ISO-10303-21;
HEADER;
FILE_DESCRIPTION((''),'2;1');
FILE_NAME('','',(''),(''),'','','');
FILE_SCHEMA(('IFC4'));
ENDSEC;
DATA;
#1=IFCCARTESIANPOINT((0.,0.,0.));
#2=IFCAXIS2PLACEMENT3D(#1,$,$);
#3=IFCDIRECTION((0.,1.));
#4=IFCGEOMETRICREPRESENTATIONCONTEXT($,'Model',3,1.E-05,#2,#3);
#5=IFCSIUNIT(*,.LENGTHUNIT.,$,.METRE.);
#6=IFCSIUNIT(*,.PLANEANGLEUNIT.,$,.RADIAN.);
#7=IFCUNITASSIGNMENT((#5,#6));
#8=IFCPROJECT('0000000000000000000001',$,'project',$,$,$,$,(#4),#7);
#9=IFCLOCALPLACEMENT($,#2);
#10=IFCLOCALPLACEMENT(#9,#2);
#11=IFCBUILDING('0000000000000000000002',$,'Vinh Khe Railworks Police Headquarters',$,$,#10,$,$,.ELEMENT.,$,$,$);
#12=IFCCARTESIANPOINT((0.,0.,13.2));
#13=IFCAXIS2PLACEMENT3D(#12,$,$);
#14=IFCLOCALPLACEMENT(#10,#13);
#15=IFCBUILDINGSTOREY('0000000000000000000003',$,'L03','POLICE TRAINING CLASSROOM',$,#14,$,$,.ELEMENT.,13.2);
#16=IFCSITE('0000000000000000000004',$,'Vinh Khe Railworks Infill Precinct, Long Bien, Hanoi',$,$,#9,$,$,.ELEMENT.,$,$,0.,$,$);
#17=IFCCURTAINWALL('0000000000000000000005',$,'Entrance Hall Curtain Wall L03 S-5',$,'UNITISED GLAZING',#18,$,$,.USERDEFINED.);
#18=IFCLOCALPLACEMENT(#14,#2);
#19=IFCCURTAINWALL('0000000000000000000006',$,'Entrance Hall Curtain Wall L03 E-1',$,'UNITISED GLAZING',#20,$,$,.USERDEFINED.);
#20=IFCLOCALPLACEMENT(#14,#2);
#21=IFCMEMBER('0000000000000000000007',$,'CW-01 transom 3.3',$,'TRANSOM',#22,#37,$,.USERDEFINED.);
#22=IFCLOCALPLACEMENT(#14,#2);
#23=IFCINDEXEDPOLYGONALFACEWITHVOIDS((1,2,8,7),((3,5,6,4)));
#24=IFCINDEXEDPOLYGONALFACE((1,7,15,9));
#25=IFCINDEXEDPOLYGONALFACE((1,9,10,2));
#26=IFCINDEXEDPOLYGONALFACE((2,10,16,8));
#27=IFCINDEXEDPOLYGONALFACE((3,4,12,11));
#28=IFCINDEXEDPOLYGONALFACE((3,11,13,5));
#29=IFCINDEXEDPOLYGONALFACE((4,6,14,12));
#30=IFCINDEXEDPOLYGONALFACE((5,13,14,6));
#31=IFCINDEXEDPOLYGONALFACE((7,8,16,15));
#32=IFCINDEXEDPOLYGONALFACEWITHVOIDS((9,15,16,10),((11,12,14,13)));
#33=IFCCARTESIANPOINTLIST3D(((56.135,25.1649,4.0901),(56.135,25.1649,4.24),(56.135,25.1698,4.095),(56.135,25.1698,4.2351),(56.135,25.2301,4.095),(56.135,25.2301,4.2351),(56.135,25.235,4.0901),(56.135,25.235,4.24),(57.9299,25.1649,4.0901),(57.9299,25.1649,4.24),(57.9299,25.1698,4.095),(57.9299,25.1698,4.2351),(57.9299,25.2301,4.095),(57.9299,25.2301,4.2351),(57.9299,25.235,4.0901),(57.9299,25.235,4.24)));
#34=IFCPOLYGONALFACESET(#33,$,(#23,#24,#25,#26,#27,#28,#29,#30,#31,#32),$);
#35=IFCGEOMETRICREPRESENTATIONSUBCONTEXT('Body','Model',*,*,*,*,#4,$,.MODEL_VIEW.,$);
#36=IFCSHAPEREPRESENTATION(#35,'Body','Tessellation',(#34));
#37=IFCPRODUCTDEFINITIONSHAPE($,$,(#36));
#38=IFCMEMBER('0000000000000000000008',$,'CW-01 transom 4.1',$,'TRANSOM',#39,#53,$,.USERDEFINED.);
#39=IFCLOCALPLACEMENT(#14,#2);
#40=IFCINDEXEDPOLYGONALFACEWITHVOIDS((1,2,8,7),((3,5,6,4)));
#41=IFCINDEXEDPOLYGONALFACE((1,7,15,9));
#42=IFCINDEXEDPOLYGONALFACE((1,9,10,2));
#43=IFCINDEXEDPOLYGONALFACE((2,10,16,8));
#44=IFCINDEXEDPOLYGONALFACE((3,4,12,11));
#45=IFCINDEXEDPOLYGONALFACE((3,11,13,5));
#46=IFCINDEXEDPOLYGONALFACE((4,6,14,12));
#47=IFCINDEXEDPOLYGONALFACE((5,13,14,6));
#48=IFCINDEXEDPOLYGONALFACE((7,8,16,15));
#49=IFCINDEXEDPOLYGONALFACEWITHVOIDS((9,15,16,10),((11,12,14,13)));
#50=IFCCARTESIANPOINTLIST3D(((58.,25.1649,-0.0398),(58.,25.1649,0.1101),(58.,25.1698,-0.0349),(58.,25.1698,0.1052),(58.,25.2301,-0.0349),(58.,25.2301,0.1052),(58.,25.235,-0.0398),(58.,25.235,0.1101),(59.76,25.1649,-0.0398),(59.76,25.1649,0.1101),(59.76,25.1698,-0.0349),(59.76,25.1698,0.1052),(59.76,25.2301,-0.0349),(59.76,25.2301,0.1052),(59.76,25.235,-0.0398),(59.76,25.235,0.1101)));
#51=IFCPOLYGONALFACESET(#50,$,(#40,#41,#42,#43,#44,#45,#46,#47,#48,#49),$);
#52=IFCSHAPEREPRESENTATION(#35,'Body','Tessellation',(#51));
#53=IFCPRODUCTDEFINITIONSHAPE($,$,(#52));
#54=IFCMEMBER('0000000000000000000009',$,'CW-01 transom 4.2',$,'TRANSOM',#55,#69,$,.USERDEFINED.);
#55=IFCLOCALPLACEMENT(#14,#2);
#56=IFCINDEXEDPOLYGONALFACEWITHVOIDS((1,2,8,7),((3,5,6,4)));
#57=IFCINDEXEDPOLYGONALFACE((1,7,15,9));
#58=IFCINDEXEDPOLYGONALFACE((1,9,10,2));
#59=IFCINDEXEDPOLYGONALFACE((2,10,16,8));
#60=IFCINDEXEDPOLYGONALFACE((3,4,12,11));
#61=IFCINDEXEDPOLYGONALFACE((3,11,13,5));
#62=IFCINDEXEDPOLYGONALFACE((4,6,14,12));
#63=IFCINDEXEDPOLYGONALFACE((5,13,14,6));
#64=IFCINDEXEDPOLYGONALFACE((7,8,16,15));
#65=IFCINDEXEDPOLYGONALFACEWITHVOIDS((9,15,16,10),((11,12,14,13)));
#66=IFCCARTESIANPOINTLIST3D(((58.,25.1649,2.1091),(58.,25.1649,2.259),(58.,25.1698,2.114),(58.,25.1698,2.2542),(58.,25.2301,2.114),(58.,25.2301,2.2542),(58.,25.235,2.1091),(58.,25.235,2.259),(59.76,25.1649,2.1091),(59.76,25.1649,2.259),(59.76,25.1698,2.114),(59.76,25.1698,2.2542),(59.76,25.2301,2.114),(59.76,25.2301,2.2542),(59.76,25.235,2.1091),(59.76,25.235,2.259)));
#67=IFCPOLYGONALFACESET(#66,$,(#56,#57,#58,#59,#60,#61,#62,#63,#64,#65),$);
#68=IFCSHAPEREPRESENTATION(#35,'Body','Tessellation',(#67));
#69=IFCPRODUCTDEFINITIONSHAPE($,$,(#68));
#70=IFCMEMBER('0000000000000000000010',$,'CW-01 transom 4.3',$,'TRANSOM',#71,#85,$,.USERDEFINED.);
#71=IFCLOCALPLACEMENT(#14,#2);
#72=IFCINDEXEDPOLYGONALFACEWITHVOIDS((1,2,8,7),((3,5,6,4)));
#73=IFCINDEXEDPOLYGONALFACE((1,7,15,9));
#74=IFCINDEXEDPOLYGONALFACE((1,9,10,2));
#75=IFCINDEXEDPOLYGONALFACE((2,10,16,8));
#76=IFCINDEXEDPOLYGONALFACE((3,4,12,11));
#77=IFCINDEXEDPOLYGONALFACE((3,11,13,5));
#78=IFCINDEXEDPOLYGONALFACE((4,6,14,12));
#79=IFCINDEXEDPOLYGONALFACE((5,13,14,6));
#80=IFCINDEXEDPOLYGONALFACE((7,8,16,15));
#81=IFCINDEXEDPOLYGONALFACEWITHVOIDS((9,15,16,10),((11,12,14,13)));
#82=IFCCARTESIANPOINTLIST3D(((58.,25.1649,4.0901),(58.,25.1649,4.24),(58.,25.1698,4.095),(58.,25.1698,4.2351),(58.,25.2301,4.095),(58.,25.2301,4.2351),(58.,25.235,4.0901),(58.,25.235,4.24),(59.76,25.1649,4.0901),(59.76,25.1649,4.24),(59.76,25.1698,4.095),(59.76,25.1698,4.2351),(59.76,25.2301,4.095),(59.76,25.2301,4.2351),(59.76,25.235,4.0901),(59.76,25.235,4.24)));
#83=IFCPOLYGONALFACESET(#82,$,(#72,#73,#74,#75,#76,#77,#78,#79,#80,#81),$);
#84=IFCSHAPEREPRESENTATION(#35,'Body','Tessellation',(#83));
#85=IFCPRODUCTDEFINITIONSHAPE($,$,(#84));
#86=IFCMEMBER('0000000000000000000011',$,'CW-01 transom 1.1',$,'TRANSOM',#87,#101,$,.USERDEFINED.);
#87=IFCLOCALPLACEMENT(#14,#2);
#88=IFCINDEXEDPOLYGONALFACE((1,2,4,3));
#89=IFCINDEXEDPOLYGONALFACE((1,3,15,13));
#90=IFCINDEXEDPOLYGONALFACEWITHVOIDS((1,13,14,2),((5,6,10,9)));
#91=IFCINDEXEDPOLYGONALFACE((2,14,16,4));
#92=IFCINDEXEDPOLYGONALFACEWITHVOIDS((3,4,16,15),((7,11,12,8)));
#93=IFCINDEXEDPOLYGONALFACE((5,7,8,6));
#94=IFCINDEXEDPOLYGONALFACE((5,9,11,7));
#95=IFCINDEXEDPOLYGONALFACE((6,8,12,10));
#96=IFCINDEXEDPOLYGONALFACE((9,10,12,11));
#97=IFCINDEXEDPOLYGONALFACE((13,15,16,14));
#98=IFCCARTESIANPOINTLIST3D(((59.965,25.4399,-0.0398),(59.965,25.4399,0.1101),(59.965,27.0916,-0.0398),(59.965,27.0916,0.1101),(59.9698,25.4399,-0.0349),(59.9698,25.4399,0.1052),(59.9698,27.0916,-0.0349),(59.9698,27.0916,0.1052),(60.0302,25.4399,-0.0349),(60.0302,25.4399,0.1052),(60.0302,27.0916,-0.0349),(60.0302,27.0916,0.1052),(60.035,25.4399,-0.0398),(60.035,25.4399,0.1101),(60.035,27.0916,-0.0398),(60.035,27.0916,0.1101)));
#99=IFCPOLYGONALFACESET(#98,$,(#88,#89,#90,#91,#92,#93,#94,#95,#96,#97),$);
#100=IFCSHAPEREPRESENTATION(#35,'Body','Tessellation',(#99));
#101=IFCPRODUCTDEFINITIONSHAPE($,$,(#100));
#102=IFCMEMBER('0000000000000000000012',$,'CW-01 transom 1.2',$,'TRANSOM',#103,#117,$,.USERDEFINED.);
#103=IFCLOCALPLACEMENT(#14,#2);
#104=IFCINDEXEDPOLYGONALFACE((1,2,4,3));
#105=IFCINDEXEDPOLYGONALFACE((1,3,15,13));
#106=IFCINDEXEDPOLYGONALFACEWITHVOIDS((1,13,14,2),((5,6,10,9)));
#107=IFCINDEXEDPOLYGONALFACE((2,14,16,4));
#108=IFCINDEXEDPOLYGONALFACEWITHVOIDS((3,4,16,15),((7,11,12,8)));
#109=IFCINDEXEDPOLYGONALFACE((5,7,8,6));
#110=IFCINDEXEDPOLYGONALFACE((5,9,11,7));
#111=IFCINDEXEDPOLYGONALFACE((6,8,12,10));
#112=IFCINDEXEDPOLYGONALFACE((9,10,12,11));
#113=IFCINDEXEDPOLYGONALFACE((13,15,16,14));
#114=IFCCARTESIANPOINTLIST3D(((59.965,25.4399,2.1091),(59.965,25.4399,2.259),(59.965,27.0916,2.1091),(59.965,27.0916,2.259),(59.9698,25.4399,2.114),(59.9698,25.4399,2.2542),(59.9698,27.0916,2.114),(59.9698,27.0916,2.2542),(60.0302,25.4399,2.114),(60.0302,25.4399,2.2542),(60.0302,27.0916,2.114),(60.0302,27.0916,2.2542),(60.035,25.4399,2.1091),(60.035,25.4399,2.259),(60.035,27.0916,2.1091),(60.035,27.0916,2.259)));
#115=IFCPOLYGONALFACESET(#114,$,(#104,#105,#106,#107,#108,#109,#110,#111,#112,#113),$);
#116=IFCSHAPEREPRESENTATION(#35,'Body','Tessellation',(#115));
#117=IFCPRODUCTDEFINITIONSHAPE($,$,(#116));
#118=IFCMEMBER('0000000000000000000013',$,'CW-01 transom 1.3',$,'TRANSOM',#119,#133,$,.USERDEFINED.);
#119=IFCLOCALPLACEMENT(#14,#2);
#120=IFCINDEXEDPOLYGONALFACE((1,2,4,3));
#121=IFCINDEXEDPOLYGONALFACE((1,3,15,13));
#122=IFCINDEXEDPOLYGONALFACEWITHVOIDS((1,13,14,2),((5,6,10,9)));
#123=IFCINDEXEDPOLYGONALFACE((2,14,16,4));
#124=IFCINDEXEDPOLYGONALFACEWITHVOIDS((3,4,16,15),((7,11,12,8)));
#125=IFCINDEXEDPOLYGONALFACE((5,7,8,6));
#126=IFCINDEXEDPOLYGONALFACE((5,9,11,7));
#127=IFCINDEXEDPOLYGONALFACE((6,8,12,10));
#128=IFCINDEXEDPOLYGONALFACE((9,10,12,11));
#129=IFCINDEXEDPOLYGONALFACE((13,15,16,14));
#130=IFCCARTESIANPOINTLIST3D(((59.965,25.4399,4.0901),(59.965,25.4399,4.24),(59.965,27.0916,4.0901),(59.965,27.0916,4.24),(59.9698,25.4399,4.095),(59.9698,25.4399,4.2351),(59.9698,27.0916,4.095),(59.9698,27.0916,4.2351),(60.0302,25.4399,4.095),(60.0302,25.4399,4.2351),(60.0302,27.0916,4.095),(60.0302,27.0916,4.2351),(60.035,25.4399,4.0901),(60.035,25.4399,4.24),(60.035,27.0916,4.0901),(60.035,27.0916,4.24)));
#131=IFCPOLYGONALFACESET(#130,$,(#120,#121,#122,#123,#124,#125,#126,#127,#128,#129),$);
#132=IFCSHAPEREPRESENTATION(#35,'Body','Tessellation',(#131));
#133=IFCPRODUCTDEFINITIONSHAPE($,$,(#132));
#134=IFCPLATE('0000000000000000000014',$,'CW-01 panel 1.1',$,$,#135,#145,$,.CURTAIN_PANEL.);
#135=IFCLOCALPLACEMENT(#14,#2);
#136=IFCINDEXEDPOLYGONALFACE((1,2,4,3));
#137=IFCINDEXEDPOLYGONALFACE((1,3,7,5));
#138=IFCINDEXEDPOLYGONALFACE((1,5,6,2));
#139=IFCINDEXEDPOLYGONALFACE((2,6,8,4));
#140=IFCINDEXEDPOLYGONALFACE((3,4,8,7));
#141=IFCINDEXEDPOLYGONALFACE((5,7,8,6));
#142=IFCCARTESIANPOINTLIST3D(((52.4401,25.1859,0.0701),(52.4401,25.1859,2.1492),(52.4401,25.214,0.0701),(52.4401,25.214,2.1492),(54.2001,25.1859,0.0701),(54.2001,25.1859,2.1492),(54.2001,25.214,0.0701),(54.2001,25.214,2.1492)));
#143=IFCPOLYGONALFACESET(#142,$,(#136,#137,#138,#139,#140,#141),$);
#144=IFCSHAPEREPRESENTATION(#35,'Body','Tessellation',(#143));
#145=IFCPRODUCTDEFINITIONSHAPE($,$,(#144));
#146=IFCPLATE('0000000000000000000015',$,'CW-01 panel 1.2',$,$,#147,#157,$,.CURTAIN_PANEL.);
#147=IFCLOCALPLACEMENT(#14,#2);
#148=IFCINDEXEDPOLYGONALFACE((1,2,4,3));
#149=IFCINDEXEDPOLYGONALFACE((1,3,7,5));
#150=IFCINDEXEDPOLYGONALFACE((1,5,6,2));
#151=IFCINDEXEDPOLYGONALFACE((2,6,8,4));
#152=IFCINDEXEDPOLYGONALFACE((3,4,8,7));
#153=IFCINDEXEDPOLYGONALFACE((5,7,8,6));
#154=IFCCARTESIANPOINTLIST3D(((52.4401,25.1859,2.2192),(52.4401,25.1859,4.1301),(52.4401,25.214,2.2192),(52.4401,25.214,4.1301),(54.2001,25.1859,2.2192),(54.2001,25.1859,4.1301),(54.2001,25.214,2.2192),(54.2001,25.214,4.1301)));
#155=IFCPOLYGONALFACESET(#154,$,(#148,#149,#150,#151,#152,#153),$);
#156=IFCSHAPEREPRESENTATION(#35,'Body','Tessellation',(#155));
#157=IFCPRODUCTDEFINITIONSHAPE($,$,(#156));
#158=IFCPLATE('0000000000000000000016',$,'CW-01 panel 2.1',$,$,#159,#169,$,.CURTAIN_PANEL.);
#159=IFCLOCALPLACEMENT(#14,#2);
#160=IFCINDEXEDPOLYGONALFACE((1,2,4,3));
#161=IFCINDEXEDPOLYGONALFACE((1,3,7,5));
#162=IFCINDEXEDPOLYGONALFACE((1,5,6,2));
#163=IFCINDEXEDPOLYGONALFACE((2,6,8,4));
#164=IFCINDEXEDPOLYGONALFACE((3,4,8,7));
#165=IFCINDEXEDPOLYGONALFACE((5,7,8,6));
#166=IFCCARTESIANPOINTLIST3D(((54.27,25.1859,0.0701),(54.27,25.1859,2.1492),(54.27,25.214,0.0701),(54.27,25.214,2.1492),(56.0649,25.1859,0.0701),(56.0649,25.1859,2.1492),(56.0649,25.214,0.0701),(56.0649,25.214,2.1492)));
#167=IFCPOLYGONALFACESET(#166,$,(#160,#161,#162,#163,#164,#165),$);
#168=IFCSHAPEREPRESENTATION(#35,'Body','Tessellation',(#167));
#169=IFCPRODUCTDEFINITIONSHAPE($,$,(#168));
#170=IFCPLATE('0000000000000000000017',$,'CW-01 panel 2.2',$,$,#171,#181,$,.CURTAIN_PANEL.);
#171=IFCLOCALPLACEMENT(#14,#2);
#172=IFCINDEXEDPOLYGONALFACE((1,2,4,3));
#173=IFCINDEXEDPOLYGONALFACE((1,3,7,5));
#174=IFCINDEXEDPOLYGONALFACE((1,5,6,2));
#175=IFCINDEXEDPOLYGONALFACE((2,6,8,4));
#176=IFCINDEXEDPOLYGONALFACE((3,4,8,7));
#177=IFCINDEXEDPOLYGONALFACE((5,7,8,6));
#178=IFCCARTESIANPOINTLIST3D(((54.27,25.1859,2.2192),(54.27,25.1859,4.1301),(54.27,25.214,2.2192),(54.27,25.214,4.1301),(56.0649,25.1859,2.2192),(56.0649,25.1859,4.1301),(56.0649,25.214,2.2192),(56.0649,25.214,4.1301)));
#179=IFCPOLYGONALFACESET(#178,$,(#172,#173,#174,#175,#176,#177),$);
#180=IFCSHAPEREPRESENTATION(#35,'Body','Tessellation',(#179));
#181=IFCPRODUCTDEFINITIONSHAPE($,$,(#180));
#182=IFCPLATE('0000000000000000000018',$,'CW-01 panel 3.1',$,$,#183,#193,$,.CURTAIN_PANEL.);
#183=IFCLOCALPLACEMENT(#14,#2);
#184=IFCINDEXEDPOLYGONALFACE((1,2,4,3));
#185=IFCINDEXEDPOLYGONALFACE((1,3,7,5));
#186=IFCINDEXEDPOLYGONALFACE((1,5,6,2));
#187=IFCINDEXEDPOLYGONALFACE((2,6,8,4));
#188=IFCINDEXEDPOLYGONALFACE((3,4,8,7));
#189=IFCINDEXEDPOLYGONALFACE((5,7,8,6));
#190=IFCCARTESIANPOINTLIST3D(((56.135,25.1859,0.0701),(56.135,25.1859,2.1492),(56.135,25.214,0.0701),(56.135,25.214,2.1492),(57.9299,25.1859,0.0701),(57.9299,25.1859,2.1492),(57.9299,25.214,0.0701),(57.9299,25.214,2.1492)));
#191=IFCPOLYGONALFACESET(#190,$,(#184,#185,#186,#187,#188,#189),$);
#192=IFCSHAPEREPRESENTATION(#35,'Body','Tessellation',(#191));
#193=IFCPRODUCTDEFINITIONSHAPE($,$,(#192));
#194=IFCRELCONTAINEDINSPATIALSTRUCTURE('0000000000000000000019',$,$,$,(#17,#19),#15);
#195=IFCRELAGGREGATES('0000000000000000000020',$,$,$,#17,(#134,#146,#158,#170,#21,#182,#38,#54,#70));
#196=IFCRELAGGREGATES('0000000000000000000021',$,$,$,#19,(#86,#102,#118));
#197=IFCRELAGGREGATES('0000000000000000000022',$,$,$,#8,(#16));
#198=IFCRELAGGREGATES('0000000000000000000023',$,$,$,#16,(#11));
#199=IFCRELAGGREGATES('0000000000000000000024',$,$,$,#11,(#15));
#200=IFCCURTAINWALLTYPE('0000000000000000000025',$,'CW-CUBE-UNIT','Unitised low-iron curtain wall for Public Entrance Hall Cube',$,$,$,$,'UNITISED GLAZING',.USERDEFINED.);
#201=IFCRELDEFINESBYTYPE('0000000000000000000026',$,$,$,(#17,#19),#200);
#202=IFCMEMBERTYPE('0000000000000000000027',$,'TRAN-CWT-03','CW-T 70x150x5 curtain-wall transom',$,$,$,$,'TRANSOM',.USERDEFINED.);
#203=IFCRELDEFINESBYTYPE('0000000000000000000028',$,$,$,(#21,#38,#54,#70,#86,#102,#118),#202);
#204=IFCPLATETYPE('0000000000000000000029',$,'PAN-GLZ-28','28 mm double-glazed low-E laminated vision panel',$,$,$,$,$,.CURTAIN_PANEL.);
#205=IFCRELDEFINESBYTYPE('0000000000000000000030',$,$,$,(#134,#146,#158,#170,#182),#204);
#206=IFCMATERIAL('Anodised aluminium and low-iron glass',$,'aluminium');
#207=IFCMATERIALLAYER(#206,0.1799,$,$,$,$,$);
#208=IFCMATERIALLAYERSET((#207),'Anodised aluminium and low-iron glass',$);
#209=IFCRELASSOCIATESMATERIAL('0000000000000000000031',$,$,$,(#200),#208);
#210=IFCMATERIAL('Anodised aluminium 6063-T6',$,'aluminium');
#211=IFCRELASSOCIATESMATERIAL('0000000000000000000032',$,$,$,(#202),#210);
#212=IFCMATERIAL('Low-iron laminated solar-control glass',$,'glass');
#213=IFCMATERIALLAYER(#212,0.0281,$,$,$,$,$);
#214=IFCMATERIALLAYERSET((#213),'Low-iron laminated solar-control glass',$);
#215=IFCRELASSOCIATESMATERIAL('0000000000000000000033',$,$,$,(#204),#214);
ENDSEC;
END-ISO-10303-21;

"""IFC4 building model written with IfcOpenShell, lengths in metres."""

from ifc_helpers import new_model, si_unit, direction, frame, origin, origin_2d, place, context, subcontext, project, spatial, rectangle, hollow_rectangle, extrude, material, layer, layer_set, material_profile, profile_set, type_object, element, aggregate, save


model = new_model("IFC4")

# Units and contexts
model_context = context("Model", 3, precision=1e-05, world=origin(), true_north=direction((0.0, 1.0)))
body_context = subcontext(model_context, "Body", "Model", "MODEL_VIEW")
ifc_project = project(units=[si_unit("LENGTHUNIT", "METRE"), si_unit("PLANEANGLEUNIT", "RADIAN")], contexts=[model_context])

# Site, building, storey
site_placement = place(None, origin())
site = spatial("IfcSite", under=ifc_project, at=site_placement, Name="Vinh Khe Railworks Infill Precinct, Long Bien, Hanoi", CompositionType="ELEMENT", RefElevation=0.0)
building_placement = place(site_placement, origin())
building = spatial("IfcBuilding", under=site, at=building_placement, Name="Vinh Khe Railworks Police Headquarters", CompositionType="ELEMENT")
storey_placement = place(building_placement, frame((0.0, 0.0, 13.2)))
storey = spatial("IfcBuildingStorey", under=building, at=storey_placement, Name="L03", Description="POLICE TRAINING CLASSROOM", CompositionType="ELEMENT", Elevation=13.2)

# Curtain wall
ifc_material_1 = material(Name="Anodised aluminium and low-iron glass", Category="aluminium")
ifc_layer_1 = layer(ifc_material_1, 0.1799)
ifc_layer_set_1 = layer_set([ifc_layer_1], Name="Anodised aluminium and low-iron glass")
curtain_wall_type = type_object("IfcCurtainWallType", Name="CW-CUBE-UNIT", Description="Unitised low-iron curtain wall for Public Entrance Hall Cube", ElementType="UNITISED GLAZING", PredefinedType="USERDEFINED", material=ifc_layer_set_1)
curtain_wall_1_placement = place(storey_placement, origin())
curtain_wall_1 = element("IfcCurtainWall", 1, at=curtain_wall_1_placement, inside=storey, type_object=curtain_wall_type, Name="Entrance Hall Curtain Wall L03 S-5", ObjectType="UNITISED GLAZING", PredefinedType="USERDEFINED")
ifc_material_2 = material(Name="Anodised aluminium 6063-T6", Category="aluminium")

# Curtain wall
curtain_wall_2_placement = place(storey_placement, origin())
curtain_wall_2 = element("IfcCurtainWall", 2, at=curtain_wall_2_placement, inside=storey, type_object=curtain_wall_type, Name="Entrance Hall Curtain Wall L03 E-1", ObjectType="UNITISED GLAZING", PredefinedType="USERDEFINED")

# Members
ifc_material_profile_1 = material_profile(ifc_material_2, hollow_rectangle(XDim=0.0701, YDim=0.1499, WallThickness=0.0049, at=origin_2d()), Name="CW-T 70x150x5")
ifc_profile_set_1 = profile_set([ifc_material_profile_1], Name="Anodised aluminium 6063-T6")
member_type_1 = type_object("IfcMemberType", Name="TRAN-CWT-03", Description="CW-T 70x150x5 curtain-wall transom", ElementType="TRANSOM", PredefinedType="USERDEFINED", material=ifc_profile_set_1)
member_1_placement = place(storey_placement, frame((56.135, 25.2, 4.165), z_axis=(1.0, 0.0, 0.0), x_axis=(0.0, 1.0, 0.0)))
member_1 = element("IfcMember", 3, at=member_1_placement, type_object=member_type_1, Name="CW-01 transom 3.3", ObjectType="TRANSOM", PredefinedType="USERDEFINED", context=body_context, shape_type="SweptSolid", body=[
    extrude(hollow_rectangle(XDim=0.0701, YDim=0.1499, WallThickness=0.0049, at=origin_2d()), origin(), (0.0, 0.0, 1.0), 1.7949),
])
member_2_placement = place(storey_placement, frame((58.0, 25.2, 0.0352), z_axis=(1.0, 0.0, 0.0), x_axis=(0.0, 1.0, 0.0)))
member_2 = element("IfcMember", 4, at=member_2_placement, type_object=member_type_1, Name="CW-01 transom 4.1", ObjectType="TRANSOM", PredefinedType="USERDEFINED", context=body_context, shape_type="SweptSolid", body=[
    extrude(hollow_rectangle(XDim=0.0701, YDim=0.1499, WallThickness=0.0049, at=origin_2d()), origin(), (0.0, 0.0, 1.0), 1.76),
])
member_3_placement = place(storey_placement, frame((58.0, 25.2, 2.1841), z_axis=(1.0, 0.0, 0.0), x_axis=(0.0, 1.0, 0.0)))
member_3 = element("IfcMember", 5, at=member_3_placement, type_object=member_type_1, Name="CW-01 transom 4.2", ObjectType="TRANSOM", PredefinedType="USERDEFINED", context=body_context, shape_type="SweptSolid", body=[
    extrude(hollow_rectangle(XDim=0.0701, YDim=0.1499, WallThickness=0.0049, at=origin_2d()), origin(), (0.0, 0.0, 1.0), 1.76),
])
member_4_placement = place(storey_placement, frame((58.0, 25.2, 4.165), z_axis=(1.0, 0.0, 0.0), x_axis=(0.0, 1.0, 0.0)))
member_4 = element("IfcMember", 6, at=member_4_placement, type_object=member_type_1, Name="CW-01 transom 4.3", ObjectType="TRANSOM", PredefinedType="USERDEFINED", context=body_context, shape_type="SweptSolid", body=[
    extrude(hollow_rectangle(XDim=0.0701, YDim=0.1499, WallThickness=0.0049, at=origin_2d()), origin(), (0.0, 0.0, 1.0), 1.76),
])
member_5_placement = place(storey_placement, frame((60.0, 25.4399, 0.0352), z_axis=(0.0, 1.0, 0.0), x_axis=(-1.0, 0.0, 0.0)))
member_5 = element("IfcMember", 7, at=member_5_placement, type_object=member_type_1, Name="CW-01 transom 1.1", ObjectType="TRANSOM", PredefinedType="USERDEFINED", context=body_context, shape_type="SweptSolid", body=[
    extrude(hollow_rectangle(XDim=0.0701, YDim=0.1499, WallThickness=0.0049, at=origin_2d()), origin(), (0.0, 0.0, 1.0), 1.6516),
])
member_6_placement = place(storey_placement, frame((60.0, 25.4399, 2.1841), z_axis=(0.0, 1.0, 0.0), x_axis=(-1.0, 0.0, 0.0)))
member_6 = element("IfcMember", 8, at=member_6_placement, type_object=member_type_1, Name="CW-01 transom 1.2", ObjectType="TRANSOM", PredefinedType="USERDEFINED", context=body_context, shape_type="SweptSolid", body=[
    extrude(hollow_rectangle(XDim=0.0701, YDim=0.1499, WallThickness=0.0049, at=origin_2d()), origin(), (0.0, 0.0, 1.0), 1.6516),
])
member_7_placement = place(storey_placement, frame((60.0, 25.4399, 4.165), z_axis=(0.0, 1.0, 0.0), x_axis=(-1.0, 0.0, 0.0)))
member_7 = element("IfcMember", 9, at=member_7_placement, type_object=member_type_1, Name="CW-01 transom 1.3", ObjectType="TRANSOM", PredefinedType="USERDEFINED", context=body_context, shape_type="SweptSolid", body=[
    extrude(hollow_rectangle(XDim=0.0701, YDim=0.1499, WallThickness=0.0049, at=origin_2d()), origin(), (0.0, 0.0, 1.0), 1.6516),
])

# Plates
ifc_material_3 = material(Name="Low-iron laminated solar-control glass", Category="glass")
ifc_layer_2 = layer(ifc_material_3, 0.0281)
ifc_layer_set_2 = layer_set([ifc_layer_2], Name="Low-iron laminated solar-control glass")
plate_type = type_object("IfcPlateType", Name="PAN-GLZ-28", Description="28 mm double-glazed low-E laminated vision panel", PredefinedType="CURTAIN_PANEL", material=ifc_layer_set_2)
plate_1_placement = place(storey_placement, frame((53.3201, 25.2, 0.0701), z_axis=(0.0, 0.0, 1.0), x_axis=(1.0, 0.0, 0.0)))
plate_1 = element("IfcPlate", 10, at=plate_1_placement, type_object=plate_type, Name="CW-01 panel 1.1", PredefinedType="CURTAIN_PANEL", context=body_context, shape_type="SweptSolid", body=[
    extrude(rectangle(XDim=1.76, YDim=0.0281, at=origin_2d()), origin(), (0.0, 0.0, 1.0), 2.0791),
])
plate_2_placement = place(storey_placement, frame((53.3201, 25.2, 2.2192), z_axis=(0.0, 0.0, 1.0), x_axis=(1.0, 0.0, 0.0)))
plate_2 = element("IfcPlate", 11, at=plate_2_placement, type_object=plate_type, Name="CW-01 panel 1.2", PredefinedType="CURTAIN_PANEL", context=body_context, shape_type="SweptSolid", body=[
    extrude(rectangle(XDim=1.76, YDim=0.0281, at=origin_2d()), origin(), (0.0, 0.0, 1.0), 1.9109),
])
plate_3_placement = place(storey_placement, frame((55.1675, 25.2, 0.0701), z_axis=(0.0, 0.0, 1.0), x_axis=(1.0, 0.0, 0.0)))
plate_3 = element("IfcPlate", 12, at=plate_3_placement, type_object=plate_type, Name="CW-01 panel 2.1", PredefinedType="CURTAIN_PANEL", context=body_context, shape_type="SweptSolid", body=[
    extrude(rectangle(XDim=1.7949, YDim=0.0281, at=origin_2d()), origin(), (0.0, 0.0, 1.0), 2.0791),
])
plate_4_placement = place(storey_placement, frame((55.1675, 25.2, 2.2192), z_axis=(0.0, 0.0, 1.0), x_axis=(1.0, 0.0, 0.0)))
plate_4 = element("IfcPlate", 13, at=plate_4_placement, type_object=plate_type, Name="CW-01 panel 2.2", PredefinedType="CURTAIN_PANEL", context=body_context, shape_type="SweptSolid", body=[
    extrude(rectangle(XDim=1.7949, YDim=0.0281, at=origin_2d()), origin(), (0.0, 0.0, 1.0), 1.9109),
])
plate_5_placement = place(storey_placement, frame((57.0325, 25.2, 0.0701), z_axis=(0.0, 0.0, 1.0), x_axis=(1.0, 0.0, 0.0)))
plate_5 = element("IfcPlate", 14, at=plate_5_placement, type_object=plate_type, Name="CW-01 panel 3.1", PredefinedType="CURTAIN_PANEL", context=body_context, shape_type="SweptSolid", body=[
    extrude(rectangle(XDim=1.7949, YDim=0.0281, at=origin_2d()), origin(), (0.0, 0.0, 1.0), 2.0791),
])
aggregate(curtain_wall_1, [plate_1, plate_2, plate_3, plate_4, member_1, plate_5, member_2, member_3, member_4])
aggregate(curtain_wall_2, [member_5, member_6, member_7])

save(model, "model.ifc")
